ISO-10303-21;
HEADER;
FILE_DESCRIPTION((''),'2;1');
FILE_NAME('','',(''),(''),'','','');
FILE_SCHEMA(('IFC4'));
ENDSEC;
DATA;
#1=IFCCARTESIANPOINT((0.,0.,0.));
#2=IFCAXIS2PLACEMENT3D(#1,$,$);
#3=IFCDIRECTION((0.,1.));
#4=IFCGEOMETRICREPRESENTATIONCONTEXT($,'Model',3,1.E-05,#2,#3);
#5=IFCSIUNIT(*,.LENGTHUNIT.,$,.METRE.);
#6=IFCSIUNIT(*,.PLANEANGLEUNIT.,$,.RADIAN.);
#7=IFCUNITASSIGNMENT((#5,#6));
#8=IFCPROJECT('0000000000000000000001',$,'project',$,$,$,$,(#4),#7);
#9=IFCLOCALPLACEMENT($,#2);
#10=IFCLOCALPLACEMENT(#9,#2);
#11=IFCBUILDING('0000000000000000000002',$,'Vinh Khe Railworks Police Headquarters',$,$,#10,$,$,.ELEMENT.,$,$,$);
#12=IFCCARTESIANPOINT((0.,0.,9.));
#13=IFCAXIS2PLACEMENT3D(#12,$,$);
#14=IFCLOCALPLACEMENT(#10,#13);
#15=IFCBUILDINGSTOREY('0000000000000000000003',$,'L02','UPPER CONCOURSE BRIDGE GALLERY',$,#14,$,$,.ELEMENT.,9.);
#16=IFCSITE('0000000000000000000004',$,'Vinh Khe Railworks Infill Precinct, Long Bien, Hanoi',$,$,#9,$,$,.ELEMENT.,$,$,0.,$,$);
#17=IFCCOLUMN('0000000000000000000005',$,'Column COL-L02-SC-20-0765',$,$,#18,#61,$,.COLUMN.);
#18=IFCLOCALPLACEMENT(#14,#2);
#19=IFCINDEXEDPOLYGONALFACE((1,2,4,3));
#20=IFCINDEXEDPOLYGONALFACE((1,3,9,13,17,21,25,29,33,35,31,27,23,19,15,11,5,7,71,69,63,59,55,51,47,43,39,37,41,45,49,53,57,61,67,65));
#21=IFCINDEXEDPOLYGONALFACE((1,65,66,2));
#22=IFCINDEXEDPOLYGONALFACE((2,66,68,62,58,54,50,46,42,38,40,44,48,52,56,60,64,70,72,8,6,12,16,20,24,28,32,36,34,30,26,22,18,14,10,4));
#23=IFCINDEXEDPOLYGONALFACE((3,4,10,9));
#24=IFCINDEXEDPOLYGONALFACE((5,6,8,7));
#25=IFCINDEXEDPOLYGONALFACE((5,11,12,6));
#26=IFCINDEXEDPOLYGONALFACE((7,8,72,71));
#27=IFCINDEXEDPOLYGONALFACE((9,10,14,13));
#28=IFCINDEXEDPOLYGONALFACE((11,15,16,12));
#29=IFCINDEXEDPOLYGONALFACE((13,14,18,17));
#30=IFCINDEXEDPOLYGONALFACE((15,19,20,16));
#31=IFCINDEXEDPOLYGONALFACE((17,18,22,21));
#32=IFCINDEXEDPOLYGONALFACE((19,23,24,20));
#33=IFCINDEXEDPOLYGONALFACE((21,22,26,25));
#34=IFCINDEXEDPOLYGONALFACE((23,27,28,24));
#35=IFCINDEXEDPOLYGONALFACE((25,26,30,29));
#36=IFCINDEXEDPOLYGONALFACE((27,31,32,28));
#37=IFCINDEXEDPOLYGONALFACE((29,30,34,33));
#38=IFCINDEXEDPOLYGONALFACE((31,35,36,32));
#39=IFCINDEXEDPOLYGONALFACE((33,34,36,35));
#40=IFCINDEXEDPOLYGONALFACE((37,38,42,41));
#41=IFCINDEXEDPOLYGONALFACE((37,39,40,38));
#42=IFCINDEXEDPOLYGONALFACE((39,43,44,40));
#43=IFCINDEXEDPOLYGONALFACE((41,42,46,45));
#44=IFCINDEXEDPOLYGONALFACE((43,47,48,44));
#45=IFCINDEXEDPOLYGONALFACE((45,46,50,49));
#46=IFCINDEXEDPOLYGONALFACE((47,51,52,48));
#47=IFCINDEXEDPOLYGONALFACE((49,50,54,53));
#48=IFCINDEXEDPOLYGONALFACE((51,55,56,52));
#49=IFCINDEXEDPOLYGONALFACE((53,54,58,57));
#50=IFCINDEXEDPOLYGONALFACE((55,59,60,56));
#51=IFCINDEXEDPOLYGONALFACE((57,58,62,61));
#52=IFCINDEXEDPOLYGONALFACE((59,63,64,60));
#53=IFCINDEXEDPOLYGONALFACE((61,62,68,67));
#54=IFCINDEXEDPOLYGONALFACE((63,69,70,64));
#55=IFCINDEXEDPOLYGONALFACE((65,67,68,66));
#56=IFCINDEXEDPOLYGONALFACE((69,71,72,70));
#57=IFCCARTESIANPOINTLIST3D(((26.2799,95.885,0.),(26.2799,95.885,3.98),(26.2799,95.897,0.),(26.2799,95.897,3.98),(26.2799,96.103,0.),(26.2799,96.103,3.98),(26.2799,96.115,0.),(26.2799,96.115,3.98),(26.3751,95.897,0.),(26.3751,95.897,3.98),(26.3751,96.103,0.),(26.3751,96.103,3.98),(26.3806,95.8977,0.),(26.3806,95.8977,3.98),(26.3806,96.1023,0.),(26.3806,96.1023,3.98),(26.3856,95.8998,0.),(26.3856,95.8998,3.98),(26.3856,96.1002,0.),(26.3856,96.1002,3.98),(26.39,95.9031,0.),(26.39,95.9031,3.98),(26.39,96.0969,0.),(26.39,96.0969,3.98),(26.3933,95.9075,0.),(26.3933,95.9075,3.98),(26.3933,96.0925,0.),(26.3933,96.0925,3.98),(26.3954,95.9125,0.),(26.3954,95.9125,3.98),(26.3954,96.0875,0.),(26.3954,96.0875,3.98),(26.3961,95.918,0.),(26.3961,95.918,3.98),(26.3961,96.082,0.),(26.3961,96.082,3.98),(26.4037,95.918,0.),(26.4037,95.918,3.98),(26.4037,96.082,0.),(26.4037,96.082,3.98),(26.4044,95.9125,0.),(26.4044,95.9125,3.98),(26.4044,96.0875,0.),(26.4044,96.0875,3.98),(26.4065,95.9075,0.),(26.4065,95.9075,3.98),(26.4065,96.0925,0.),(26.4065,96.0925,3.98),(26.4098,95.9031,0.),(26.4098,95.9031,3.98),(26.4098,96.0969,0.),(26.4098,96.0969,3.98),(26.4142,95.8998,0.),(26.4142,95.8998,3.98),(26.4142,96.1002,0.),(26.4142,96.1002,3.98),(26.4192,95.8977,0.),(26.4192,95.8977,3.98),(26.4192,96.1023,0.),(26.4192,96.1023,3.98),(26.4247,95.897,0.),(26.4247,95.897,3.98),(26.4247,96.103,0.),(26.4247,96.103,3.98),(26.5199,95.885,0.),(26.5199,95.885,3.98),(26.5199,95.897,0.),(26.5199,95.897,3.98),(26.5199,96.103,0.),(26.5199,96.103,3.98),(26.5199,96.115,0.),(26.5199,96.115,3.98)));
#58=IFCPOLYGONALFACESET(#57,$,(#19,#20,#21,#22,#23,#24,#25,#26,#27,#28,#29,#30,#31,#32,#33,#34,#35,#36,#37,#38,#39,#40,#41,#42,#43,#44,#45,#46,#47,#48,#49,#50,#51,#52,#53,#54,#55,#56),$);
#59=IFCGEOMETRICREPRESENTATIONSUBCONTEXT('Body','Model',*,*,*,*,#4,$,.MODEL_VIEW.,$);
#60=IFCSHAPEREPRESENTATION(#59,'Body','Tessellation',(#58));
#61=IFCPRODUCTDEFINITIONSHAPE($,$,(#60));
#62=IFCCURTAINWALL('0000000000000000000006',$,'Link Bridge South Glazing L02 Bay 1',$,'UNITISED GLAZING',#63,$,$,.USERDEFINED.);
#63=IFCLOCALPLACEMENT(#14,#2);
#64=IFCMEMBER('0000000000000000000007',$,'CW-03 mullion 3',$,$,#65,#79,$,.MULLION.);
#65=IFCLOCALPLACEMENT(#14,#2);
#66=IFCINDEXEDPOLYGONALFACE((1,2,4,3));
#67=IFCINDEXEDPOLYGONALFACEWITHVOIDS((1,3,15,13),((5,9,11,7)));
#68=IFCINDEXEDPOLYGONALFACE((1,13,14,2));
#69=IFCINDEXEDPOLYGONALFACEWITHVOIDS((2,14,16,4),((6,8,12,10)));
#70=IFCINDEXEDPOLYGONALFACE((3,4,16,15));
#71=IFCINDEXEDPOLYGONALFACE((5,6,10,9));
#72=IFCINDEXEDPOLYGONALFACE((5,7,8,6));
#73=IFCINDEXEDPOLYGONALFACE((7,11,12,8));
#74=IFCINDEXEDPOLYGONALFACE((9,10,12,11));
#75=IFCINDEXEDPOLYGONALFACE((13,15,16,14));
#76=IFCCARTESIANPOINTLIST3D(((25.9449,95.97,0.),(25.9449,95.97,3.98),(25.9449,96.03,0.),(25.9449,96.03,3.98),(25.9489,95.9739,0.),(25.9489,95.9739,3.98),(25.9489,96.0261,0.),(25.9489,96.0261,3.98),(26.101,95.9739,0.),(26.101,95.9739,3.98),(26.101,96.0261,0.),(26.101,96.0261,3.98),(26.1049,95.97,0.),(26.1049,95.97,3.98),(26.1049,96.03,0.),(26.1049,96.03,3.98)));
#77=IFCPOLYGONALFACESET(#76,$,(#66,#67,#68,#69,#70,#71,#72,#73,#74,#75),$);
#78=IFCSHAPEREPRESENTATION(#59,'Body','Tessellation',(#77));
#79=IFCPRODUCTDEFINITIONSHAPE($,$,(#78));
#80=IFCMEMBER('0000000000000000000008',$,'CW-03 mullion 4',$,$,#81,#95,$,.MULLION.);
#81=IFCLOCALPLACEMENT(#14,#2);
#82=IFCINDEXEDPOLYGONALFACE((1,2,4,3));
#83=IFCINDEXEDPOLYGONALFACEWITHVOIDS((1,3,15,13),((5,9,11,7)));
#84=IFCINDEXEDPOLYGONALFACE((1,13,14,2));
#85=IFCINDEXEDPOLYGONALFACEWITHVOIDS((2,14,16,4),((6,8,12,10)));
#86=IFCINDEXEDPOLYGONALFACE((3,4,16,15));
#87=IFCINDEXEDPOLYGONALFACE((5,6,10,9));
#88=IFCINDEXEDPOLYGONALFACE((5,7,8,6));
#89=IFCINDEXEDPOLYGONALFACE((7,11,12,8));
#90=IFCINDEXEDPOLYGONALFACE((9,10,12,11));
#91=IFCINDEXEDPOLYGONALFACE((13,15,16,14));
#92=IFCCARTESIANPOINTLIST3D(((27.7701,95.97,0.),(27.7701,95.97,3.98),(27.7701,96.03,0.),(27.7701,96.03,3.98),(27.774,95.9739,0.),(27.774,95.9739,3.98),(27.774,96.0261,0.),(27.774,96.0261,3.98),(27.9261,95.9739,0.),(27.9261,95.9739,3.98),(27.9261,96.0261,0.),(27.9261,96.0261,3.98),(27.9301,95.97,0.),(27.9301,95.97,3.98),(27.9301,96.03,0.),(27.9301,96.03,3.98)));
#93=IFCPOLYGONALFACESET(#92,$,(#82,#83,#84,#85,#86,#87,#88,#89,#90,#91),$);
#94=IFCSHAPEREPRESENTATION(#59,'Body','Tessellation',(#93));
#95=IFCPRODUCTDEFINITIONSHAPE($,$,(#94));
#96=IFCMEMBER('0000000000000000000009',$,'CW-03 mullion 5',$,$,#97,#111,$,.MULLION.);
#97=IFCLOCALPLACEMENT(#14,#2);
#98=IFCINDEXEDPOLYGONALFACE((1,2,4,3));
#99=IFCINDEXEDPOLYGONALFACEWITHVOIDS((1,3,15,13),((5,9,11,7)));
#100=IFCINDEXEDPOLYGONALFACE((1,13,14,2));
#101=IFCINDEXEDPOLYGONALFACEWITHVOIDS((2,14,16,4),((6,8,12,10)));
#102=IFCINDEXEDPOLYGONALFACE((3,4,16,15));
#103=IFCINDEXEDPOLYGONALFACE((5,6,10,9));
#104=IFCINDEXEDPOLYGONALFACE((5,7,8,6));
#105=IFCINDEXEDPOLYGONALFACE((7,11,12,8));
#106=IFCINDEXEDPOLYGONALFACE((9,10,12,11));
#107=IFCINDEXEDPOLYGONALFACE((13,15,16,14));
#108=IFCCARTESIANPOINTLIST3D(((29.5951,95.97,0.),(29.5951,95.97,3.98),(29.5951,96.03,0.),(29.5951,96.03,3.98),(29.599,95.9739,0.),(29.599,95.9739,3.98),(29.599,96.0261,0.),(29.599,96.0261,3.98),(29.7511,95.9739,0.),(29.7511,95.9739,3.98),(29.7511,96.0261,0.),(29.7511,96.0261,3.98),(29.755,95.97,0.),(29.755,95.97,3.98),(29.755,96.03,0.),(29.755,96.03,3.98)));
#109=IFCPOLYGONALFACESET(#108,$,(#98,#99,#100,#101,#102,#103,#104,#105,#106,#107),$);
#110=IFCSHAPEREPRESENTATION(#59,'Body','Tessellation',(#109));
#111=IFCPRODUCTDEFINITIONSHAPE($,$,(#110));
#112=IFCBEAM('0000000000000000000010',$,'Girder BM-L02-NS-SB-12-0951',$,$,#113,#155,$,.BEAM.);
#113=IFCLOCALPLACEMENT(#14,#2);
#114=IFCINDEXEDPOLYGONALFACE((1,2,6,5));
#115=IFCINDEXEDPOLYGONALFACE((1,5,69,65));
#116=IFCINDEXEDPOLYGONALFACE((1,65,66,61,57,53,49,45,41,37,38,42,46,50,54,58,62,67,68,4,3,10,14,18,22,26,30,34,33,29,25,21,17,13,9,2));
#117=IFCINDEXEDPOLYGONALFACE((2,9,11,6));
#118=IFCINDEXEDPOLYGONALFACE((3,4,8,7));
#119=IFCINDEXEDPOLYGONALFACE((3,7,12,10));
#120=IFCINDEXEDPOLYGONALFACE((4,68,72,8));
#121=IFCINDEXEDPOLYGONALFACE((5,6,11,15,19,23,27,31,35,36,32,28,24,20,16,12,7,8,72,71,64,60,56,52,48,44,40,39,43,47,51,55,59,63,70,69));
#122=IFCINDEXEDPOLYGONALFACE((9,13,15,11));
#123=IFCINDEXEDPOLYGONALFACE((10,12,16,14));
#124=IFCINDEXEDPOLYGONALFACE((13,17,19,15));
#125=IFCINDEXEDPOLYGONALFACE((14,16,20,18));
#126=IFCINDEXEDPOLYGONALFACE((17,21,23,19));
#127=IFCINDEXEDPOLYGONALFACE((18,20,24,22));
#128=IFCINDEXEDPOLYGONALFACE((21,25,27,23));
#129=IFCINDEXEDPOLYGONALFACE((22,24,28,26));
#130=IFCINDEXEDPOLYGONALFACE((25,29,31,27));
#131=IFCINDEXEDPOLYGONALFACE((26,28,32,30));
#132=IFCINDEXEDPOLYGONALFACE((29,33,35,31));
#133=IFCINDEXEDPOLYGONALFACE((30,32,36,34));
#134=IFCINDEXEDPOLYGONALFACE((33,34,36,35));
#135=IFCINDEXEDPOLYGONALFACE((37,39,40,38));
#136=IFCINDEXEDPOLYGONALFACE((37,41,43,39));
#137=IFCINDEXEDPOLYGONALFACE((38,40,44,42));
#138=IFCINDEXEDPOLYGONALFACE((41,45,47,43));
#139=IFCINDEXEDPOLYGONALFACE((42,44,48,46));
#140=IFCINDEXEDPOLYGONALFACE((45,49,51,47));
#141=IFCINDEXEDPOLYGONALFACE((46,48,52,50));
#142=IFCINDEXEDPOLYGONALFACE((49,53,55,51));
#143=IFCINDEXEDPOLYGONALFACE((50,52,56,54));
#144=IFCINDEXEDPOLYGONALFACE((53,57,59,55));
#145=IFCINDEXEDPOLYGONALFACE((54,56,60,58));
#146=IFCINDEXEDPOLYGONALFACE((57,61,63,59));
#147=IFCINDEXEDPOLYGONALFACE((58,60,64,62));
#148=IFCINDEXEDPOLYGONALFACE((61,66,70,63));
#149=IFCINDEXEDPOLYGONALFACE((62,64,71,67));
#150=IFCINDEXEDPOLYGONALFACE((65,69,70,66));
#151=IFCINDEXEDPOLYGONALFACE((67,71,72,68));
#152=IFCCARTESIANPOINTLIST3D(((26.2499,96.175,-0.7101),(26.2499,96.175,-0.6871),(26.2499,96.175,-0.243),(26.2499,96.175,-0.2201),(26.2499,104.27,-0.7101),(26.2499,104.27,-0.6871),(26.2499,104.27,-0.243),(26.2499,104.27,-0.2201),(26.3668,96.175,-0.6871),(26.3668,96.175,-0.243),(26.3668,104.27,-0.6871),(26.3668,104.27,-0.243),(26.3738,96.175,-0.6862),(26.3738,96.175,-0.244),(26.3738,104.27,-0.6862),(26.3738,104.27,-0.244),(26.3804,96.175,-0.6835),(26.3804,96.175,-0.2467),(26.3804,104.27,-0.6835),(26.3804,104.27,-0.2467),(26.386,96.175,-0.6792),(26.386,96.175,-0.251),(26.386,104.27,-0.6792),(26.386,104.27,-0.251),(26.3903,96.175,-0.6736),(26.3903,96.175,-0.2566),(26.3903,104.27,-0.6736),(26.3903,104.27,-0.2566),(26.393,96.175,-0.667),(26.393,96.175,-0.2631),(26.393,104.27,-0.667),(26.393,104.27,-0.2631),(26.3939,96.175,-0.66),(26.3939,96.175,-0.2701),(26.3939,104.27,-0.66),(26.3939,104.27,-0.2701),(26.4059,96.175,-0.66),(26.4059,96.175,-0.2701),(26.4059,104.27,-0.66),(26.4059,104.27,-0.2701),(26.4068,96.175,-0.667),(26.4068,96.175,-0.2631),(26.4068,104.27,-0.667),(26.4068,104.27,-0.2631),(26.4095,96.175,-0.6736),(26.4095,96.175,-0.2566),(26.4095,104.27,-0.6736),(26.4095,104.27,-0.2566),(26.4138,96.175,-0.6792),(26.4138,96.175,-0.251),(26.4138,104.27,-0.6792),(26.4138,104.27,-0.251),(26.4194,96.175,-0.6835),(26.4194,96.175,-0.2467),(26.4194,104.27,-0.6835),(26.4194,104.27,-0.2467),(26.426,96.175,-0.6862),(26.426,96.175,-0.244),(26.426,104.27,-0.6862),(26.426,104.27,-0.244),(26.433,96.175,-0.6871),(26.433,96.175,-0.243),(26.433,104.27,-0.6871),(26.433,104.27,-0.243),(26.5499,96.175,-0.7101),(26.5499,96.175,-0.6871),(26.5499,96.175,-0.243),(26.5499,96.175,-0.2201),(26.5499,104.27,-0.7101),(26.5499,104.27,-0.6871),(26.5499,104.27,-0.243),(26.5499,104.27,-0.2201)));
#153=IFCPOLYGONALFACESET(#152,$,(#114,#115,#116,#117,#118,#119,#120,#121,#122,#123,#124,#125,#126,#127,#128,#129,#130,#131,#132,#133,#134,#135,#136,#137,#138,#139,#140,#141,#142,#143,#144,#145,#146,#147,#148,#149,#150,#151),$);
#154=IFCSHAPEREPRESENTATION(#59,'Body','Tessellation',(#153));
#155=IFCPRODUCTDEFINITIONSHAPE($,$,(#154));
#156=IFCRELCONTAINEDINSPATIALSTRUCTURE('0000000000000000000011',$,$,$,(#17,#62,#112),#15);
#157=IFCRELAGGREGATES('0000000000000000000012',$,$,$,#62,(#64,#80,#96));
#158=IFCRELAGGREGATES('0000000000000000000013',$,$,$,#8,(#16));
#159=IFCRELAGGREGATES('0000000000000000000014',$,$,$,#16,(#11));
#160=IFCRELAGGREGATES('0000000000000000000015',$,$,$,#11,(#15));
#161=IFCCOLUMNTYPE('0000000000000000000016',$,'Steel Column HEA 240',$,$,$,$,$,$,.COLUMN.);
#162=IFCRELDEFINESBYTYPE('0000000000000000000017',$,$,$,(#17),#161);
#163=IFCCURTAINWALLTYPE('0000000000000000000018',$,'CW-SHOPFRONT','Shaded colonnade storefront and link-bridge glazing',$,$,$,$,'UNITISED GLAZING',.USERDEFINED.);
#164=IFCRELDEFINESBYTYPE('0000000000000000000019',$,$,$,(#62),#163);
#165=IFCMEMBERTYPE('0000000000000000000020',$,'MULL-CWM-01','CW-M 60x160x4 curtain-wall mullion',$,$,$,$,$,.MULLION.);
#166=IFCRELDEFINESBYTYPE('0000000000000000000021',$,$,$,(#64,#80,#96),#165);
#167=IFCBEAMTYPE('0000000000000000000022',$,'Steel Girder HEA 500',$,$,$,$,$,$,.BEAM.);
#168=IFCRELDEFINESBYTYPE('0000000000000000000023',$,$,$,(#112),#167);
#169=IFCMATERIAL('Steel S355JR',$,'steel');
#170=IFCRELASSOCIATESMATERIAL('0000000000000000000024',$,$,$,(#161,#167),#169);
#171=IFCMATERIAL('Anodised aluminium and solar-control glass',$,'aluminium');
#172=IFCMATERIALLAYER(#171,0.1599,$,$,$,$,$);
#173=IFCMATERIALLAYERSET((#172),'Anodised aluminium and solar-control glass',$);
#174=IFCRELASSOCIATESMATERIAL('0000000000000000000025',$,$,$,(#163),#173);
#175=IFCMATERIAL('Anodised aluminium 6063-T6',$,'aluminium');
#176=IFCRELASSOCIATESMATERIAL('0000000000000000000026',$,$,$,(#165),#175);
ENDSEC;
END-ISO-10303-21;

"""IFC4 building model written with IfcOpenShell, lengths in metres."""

from ifc_helpers import new_model, si_unit, direction, frame, origin, origin_2d, place, context, subcontext, project, spatial, hollow_rectangle, i_section, extrude, material, layer, layer_set, material_profile, profile_set, type_object, element, aggregate, save


model = new_model("IFC4")

# Units and contexts
model_context = context("Model", 3, precision=1e-05, world=origin(), true_north=direction((0.0, 1.0)))
body_context = subcontext(model_context, "Body", "Model", "MODEL_VIEW")
ifc_project = project(units=[si_unit("LENGTHUNIT", "METRE"), si_unit("PLANEANGLEUNIT", "RADIAN")], contexts=[model_context])

# Site, building, storey
site_placement = place(None, origin())
site = spatial("IfcSite", under=ifc_project, at=site_placement, Name="Vinh Khe Railworks Infill Precinct, Long Bien, Hanoi", CompositionType="ELEMENT", RefElevation=0.0)
building_placement = place(site_placement, origin())
building = spatial("IfcBuilding", under=site, at=building_placement, Name="Vinh Khe Railworks Police Headquarters", CompositionType="ELEMENT")
storey_placement = place(building_placement, frame((0.0, 0.0, 9.0)))
storey = spatial("IfcBuildingStorey", under=building, at=storey_placement, Name="L02", Description="UPPER CONCOURSE BRIDGE GALLERY", CompositionType="ELEMENT", Elevation=9.0)

# Column
ifc_material_1 = material(Name="Steel S355JR", Category="steel")
ifc_material_profile_1 = material_profile(ifc_material_1, i_section(OverallWidth=0.24, OverallDepth=0.23, WebThickness=0.0076, FlangeThickness=0.012, FilletRadius=0.021, at=origin_2d()), Name="HEA 240")
ifc_profile_set_1 = profile_set([ifc_material_profile_1], Name="Steel S355JR")
column_type = type_object("IfcColumnType", Name="Steel Column HEA 240", PredefinedType="COLUMN", material=ifc_profile_set_1)
column_placement = place(storey_placement, frame((26.3999, 96.0, 0.0), z_axis=(0.0, 0.0, 1.0), x_axis=(1.0, 0.0, 0.0)))
element("IfcColumn", 1, at=column_placement, inside=storey, type_object=column_type, Name="Column COL-L02-SC-20-0765", PredefinedType="COLUMN", context=body_context, shape_type="SweptSolid", body=[
    extrude(i_section(OverallWidth=0.24, OverallDepth=0.23, WebThickness=0.0076, FlangeThickness=0.012, FilletRadius=0.021, at=origin_2d()), origin(), (0.0, 0.0, 1.0), 3.98),
])

# Curtain wall, members
ifc_material_2 = material(Name="Anodised aluminium and solar-control glass", Category="aluminium")
ifc_layer_1 = layer(ifc_material_2, 0.1599)
ifc_layer_set_1 = layer_set([ifc_layer_1], Name="Anodised aluminium and solar-control glass")
curtain_wall_type = type_object("IfcCurtainWallType", Name="CW-SHOPFRONT", Description="Shaded colonnade storefront and link-bridge glazing", ElementType="UNITISED GLAZING", PredefinedType="USERDEFINED", material=ifc_layer_set_1)
curtain_wall_placement = place(storey_placement, origin())
curtain_wall = element("IfcCurtainWall", 2, at=curtain_wall_placement, inside=storey, type_object=curtain_wall_type, Name="Link Bridge South Glazing L02 Bay 1", ObjectType="UNITISED GLAZING", PredefinedType="USERDEFINED")
ifc_material_3 = material(Name="Anodised aluminium 6063-T6", Category="aluminium")
ifc_material_profile_2 = material_profile(ifc_material_3, hollow_rectangle(XDim=0.0601, YDim=0.1599, WallThickness=0.0039, at=origin_2d()), Name="CW-M 60x160x4")
ifc_profile_set_2 = profile_set([ifc_material_profile_2], Name="Anodised aluminium 6063-T6")
member_type_1 = type_object("IfcMemberType", Name="MULL-CWM-01", Description="CW-M 60x160x4 curtain-wall mullion", PredefinedType="MULLION", material=ifc_profile_set_2)
member_1_placement = place(storey_placement, frame((26.0249, 96.0, 0.0), z_axis=(0.0, 0.0, 1.0), x_axis=(0.0, 1.0, 0.0)))
member_1 = element("IfcMember", 3, at=member_1_placement, type_object=member_type_1, Name="CW-03 mullion 3", PredefinedType="MULLION", context=body_context, shape_type="SweptSolid", body=[
    extrude(hollow_rectangle(XDim=0.0601, YDim=0.1599, WallThickness=0.0039, at=origin_2d()), origin(), (0.0, 0.0, 1.0), 3.98),
])
member_2_placement = place(storey_placement, frame((27.8501, 96.0, 0.0), z_axis=(0.0, 0.0, 1.0), x_axis=(0.0, 1.0, 0.0)))
member_2 = element("IfcMember", 4, at=member_2_placement, type_object=member_type_1, Name="CW-03 mullion 4", PredefinedType="MULLION", context=body_context, shape_type="SweptSolid", body=[
    extrude(hollow_rectangle(XDim=0.0601, YDim=0.1599, WallThickness=0.0039, at=origin_2d()), origin(), (0.0, 0.0, 1.0), 3.98),
])
member_3_placement = place(storey_placement, frame((29.675, 96.0, 0.0), z_axis=(0.0, 0.0, 1.0), x_axis=(0.0, 1.0, 0.0)))
member_3 = element("IfcMember", 5, at=member_3_placement, type_object=member_type_1, Name="CW-03 mullion 5", PredefinedType="MULLION", context=body_context, shape_type="SweptSolid", body=[
    extrude(hollow_rectangle(XDim=0.0601, YDim=0.1599, WallThickness=0.0039, at=origin_2d()), origin(), (0.0, 0.0, 1.0), 3.98),
])

# Beam
ifc_material_profile_3 = material_profile(ifc_material_1, i_section(OverallWidth=0.3, OverallDepth=0.49, WebThickness=0.012, FlangeThickness=0.0229, FilletRadius=0.0271, at=origin_2d()), Name="HEA 500")
ifc_profile_set_3 = profile_set([ifc_material_profile_3], Name="Steel S355JR")
beam_type_1 = type_object("IfcBeamType", Name="Steel Girder HEA 500", PredefinedType="BEAM", material=ifc_profile_set_3)
beam_1_placement = place(storey_placement, frame((26.3999, 96.175, -0.4651), z_axis=(0.0, 1.0, 0.0), x_axis=(-1.0, 0.0, 0.0)))
element("IfcBeam", 6, at=beam_1_placement, inside=storey, type_object=beam_type_1, Name="Girder BM-L02-NS-SB-12-0951", PredefinedType="BEAM", context=body_context, shape_type="SweptSolid", body=[
    extrude(i_section(OverallWidth=0.3, OverallDepth=0.49, WebThickness=0.012, FlangeThickness=0.0229, FilletRadius=0.0271, at=origin_2d()), origin(), (0.0, 0.0, 1.0), 8.095),
])

aggregate(curtain_wall, [member_1, member_2, member_3])

save(model, "model.ifc")
